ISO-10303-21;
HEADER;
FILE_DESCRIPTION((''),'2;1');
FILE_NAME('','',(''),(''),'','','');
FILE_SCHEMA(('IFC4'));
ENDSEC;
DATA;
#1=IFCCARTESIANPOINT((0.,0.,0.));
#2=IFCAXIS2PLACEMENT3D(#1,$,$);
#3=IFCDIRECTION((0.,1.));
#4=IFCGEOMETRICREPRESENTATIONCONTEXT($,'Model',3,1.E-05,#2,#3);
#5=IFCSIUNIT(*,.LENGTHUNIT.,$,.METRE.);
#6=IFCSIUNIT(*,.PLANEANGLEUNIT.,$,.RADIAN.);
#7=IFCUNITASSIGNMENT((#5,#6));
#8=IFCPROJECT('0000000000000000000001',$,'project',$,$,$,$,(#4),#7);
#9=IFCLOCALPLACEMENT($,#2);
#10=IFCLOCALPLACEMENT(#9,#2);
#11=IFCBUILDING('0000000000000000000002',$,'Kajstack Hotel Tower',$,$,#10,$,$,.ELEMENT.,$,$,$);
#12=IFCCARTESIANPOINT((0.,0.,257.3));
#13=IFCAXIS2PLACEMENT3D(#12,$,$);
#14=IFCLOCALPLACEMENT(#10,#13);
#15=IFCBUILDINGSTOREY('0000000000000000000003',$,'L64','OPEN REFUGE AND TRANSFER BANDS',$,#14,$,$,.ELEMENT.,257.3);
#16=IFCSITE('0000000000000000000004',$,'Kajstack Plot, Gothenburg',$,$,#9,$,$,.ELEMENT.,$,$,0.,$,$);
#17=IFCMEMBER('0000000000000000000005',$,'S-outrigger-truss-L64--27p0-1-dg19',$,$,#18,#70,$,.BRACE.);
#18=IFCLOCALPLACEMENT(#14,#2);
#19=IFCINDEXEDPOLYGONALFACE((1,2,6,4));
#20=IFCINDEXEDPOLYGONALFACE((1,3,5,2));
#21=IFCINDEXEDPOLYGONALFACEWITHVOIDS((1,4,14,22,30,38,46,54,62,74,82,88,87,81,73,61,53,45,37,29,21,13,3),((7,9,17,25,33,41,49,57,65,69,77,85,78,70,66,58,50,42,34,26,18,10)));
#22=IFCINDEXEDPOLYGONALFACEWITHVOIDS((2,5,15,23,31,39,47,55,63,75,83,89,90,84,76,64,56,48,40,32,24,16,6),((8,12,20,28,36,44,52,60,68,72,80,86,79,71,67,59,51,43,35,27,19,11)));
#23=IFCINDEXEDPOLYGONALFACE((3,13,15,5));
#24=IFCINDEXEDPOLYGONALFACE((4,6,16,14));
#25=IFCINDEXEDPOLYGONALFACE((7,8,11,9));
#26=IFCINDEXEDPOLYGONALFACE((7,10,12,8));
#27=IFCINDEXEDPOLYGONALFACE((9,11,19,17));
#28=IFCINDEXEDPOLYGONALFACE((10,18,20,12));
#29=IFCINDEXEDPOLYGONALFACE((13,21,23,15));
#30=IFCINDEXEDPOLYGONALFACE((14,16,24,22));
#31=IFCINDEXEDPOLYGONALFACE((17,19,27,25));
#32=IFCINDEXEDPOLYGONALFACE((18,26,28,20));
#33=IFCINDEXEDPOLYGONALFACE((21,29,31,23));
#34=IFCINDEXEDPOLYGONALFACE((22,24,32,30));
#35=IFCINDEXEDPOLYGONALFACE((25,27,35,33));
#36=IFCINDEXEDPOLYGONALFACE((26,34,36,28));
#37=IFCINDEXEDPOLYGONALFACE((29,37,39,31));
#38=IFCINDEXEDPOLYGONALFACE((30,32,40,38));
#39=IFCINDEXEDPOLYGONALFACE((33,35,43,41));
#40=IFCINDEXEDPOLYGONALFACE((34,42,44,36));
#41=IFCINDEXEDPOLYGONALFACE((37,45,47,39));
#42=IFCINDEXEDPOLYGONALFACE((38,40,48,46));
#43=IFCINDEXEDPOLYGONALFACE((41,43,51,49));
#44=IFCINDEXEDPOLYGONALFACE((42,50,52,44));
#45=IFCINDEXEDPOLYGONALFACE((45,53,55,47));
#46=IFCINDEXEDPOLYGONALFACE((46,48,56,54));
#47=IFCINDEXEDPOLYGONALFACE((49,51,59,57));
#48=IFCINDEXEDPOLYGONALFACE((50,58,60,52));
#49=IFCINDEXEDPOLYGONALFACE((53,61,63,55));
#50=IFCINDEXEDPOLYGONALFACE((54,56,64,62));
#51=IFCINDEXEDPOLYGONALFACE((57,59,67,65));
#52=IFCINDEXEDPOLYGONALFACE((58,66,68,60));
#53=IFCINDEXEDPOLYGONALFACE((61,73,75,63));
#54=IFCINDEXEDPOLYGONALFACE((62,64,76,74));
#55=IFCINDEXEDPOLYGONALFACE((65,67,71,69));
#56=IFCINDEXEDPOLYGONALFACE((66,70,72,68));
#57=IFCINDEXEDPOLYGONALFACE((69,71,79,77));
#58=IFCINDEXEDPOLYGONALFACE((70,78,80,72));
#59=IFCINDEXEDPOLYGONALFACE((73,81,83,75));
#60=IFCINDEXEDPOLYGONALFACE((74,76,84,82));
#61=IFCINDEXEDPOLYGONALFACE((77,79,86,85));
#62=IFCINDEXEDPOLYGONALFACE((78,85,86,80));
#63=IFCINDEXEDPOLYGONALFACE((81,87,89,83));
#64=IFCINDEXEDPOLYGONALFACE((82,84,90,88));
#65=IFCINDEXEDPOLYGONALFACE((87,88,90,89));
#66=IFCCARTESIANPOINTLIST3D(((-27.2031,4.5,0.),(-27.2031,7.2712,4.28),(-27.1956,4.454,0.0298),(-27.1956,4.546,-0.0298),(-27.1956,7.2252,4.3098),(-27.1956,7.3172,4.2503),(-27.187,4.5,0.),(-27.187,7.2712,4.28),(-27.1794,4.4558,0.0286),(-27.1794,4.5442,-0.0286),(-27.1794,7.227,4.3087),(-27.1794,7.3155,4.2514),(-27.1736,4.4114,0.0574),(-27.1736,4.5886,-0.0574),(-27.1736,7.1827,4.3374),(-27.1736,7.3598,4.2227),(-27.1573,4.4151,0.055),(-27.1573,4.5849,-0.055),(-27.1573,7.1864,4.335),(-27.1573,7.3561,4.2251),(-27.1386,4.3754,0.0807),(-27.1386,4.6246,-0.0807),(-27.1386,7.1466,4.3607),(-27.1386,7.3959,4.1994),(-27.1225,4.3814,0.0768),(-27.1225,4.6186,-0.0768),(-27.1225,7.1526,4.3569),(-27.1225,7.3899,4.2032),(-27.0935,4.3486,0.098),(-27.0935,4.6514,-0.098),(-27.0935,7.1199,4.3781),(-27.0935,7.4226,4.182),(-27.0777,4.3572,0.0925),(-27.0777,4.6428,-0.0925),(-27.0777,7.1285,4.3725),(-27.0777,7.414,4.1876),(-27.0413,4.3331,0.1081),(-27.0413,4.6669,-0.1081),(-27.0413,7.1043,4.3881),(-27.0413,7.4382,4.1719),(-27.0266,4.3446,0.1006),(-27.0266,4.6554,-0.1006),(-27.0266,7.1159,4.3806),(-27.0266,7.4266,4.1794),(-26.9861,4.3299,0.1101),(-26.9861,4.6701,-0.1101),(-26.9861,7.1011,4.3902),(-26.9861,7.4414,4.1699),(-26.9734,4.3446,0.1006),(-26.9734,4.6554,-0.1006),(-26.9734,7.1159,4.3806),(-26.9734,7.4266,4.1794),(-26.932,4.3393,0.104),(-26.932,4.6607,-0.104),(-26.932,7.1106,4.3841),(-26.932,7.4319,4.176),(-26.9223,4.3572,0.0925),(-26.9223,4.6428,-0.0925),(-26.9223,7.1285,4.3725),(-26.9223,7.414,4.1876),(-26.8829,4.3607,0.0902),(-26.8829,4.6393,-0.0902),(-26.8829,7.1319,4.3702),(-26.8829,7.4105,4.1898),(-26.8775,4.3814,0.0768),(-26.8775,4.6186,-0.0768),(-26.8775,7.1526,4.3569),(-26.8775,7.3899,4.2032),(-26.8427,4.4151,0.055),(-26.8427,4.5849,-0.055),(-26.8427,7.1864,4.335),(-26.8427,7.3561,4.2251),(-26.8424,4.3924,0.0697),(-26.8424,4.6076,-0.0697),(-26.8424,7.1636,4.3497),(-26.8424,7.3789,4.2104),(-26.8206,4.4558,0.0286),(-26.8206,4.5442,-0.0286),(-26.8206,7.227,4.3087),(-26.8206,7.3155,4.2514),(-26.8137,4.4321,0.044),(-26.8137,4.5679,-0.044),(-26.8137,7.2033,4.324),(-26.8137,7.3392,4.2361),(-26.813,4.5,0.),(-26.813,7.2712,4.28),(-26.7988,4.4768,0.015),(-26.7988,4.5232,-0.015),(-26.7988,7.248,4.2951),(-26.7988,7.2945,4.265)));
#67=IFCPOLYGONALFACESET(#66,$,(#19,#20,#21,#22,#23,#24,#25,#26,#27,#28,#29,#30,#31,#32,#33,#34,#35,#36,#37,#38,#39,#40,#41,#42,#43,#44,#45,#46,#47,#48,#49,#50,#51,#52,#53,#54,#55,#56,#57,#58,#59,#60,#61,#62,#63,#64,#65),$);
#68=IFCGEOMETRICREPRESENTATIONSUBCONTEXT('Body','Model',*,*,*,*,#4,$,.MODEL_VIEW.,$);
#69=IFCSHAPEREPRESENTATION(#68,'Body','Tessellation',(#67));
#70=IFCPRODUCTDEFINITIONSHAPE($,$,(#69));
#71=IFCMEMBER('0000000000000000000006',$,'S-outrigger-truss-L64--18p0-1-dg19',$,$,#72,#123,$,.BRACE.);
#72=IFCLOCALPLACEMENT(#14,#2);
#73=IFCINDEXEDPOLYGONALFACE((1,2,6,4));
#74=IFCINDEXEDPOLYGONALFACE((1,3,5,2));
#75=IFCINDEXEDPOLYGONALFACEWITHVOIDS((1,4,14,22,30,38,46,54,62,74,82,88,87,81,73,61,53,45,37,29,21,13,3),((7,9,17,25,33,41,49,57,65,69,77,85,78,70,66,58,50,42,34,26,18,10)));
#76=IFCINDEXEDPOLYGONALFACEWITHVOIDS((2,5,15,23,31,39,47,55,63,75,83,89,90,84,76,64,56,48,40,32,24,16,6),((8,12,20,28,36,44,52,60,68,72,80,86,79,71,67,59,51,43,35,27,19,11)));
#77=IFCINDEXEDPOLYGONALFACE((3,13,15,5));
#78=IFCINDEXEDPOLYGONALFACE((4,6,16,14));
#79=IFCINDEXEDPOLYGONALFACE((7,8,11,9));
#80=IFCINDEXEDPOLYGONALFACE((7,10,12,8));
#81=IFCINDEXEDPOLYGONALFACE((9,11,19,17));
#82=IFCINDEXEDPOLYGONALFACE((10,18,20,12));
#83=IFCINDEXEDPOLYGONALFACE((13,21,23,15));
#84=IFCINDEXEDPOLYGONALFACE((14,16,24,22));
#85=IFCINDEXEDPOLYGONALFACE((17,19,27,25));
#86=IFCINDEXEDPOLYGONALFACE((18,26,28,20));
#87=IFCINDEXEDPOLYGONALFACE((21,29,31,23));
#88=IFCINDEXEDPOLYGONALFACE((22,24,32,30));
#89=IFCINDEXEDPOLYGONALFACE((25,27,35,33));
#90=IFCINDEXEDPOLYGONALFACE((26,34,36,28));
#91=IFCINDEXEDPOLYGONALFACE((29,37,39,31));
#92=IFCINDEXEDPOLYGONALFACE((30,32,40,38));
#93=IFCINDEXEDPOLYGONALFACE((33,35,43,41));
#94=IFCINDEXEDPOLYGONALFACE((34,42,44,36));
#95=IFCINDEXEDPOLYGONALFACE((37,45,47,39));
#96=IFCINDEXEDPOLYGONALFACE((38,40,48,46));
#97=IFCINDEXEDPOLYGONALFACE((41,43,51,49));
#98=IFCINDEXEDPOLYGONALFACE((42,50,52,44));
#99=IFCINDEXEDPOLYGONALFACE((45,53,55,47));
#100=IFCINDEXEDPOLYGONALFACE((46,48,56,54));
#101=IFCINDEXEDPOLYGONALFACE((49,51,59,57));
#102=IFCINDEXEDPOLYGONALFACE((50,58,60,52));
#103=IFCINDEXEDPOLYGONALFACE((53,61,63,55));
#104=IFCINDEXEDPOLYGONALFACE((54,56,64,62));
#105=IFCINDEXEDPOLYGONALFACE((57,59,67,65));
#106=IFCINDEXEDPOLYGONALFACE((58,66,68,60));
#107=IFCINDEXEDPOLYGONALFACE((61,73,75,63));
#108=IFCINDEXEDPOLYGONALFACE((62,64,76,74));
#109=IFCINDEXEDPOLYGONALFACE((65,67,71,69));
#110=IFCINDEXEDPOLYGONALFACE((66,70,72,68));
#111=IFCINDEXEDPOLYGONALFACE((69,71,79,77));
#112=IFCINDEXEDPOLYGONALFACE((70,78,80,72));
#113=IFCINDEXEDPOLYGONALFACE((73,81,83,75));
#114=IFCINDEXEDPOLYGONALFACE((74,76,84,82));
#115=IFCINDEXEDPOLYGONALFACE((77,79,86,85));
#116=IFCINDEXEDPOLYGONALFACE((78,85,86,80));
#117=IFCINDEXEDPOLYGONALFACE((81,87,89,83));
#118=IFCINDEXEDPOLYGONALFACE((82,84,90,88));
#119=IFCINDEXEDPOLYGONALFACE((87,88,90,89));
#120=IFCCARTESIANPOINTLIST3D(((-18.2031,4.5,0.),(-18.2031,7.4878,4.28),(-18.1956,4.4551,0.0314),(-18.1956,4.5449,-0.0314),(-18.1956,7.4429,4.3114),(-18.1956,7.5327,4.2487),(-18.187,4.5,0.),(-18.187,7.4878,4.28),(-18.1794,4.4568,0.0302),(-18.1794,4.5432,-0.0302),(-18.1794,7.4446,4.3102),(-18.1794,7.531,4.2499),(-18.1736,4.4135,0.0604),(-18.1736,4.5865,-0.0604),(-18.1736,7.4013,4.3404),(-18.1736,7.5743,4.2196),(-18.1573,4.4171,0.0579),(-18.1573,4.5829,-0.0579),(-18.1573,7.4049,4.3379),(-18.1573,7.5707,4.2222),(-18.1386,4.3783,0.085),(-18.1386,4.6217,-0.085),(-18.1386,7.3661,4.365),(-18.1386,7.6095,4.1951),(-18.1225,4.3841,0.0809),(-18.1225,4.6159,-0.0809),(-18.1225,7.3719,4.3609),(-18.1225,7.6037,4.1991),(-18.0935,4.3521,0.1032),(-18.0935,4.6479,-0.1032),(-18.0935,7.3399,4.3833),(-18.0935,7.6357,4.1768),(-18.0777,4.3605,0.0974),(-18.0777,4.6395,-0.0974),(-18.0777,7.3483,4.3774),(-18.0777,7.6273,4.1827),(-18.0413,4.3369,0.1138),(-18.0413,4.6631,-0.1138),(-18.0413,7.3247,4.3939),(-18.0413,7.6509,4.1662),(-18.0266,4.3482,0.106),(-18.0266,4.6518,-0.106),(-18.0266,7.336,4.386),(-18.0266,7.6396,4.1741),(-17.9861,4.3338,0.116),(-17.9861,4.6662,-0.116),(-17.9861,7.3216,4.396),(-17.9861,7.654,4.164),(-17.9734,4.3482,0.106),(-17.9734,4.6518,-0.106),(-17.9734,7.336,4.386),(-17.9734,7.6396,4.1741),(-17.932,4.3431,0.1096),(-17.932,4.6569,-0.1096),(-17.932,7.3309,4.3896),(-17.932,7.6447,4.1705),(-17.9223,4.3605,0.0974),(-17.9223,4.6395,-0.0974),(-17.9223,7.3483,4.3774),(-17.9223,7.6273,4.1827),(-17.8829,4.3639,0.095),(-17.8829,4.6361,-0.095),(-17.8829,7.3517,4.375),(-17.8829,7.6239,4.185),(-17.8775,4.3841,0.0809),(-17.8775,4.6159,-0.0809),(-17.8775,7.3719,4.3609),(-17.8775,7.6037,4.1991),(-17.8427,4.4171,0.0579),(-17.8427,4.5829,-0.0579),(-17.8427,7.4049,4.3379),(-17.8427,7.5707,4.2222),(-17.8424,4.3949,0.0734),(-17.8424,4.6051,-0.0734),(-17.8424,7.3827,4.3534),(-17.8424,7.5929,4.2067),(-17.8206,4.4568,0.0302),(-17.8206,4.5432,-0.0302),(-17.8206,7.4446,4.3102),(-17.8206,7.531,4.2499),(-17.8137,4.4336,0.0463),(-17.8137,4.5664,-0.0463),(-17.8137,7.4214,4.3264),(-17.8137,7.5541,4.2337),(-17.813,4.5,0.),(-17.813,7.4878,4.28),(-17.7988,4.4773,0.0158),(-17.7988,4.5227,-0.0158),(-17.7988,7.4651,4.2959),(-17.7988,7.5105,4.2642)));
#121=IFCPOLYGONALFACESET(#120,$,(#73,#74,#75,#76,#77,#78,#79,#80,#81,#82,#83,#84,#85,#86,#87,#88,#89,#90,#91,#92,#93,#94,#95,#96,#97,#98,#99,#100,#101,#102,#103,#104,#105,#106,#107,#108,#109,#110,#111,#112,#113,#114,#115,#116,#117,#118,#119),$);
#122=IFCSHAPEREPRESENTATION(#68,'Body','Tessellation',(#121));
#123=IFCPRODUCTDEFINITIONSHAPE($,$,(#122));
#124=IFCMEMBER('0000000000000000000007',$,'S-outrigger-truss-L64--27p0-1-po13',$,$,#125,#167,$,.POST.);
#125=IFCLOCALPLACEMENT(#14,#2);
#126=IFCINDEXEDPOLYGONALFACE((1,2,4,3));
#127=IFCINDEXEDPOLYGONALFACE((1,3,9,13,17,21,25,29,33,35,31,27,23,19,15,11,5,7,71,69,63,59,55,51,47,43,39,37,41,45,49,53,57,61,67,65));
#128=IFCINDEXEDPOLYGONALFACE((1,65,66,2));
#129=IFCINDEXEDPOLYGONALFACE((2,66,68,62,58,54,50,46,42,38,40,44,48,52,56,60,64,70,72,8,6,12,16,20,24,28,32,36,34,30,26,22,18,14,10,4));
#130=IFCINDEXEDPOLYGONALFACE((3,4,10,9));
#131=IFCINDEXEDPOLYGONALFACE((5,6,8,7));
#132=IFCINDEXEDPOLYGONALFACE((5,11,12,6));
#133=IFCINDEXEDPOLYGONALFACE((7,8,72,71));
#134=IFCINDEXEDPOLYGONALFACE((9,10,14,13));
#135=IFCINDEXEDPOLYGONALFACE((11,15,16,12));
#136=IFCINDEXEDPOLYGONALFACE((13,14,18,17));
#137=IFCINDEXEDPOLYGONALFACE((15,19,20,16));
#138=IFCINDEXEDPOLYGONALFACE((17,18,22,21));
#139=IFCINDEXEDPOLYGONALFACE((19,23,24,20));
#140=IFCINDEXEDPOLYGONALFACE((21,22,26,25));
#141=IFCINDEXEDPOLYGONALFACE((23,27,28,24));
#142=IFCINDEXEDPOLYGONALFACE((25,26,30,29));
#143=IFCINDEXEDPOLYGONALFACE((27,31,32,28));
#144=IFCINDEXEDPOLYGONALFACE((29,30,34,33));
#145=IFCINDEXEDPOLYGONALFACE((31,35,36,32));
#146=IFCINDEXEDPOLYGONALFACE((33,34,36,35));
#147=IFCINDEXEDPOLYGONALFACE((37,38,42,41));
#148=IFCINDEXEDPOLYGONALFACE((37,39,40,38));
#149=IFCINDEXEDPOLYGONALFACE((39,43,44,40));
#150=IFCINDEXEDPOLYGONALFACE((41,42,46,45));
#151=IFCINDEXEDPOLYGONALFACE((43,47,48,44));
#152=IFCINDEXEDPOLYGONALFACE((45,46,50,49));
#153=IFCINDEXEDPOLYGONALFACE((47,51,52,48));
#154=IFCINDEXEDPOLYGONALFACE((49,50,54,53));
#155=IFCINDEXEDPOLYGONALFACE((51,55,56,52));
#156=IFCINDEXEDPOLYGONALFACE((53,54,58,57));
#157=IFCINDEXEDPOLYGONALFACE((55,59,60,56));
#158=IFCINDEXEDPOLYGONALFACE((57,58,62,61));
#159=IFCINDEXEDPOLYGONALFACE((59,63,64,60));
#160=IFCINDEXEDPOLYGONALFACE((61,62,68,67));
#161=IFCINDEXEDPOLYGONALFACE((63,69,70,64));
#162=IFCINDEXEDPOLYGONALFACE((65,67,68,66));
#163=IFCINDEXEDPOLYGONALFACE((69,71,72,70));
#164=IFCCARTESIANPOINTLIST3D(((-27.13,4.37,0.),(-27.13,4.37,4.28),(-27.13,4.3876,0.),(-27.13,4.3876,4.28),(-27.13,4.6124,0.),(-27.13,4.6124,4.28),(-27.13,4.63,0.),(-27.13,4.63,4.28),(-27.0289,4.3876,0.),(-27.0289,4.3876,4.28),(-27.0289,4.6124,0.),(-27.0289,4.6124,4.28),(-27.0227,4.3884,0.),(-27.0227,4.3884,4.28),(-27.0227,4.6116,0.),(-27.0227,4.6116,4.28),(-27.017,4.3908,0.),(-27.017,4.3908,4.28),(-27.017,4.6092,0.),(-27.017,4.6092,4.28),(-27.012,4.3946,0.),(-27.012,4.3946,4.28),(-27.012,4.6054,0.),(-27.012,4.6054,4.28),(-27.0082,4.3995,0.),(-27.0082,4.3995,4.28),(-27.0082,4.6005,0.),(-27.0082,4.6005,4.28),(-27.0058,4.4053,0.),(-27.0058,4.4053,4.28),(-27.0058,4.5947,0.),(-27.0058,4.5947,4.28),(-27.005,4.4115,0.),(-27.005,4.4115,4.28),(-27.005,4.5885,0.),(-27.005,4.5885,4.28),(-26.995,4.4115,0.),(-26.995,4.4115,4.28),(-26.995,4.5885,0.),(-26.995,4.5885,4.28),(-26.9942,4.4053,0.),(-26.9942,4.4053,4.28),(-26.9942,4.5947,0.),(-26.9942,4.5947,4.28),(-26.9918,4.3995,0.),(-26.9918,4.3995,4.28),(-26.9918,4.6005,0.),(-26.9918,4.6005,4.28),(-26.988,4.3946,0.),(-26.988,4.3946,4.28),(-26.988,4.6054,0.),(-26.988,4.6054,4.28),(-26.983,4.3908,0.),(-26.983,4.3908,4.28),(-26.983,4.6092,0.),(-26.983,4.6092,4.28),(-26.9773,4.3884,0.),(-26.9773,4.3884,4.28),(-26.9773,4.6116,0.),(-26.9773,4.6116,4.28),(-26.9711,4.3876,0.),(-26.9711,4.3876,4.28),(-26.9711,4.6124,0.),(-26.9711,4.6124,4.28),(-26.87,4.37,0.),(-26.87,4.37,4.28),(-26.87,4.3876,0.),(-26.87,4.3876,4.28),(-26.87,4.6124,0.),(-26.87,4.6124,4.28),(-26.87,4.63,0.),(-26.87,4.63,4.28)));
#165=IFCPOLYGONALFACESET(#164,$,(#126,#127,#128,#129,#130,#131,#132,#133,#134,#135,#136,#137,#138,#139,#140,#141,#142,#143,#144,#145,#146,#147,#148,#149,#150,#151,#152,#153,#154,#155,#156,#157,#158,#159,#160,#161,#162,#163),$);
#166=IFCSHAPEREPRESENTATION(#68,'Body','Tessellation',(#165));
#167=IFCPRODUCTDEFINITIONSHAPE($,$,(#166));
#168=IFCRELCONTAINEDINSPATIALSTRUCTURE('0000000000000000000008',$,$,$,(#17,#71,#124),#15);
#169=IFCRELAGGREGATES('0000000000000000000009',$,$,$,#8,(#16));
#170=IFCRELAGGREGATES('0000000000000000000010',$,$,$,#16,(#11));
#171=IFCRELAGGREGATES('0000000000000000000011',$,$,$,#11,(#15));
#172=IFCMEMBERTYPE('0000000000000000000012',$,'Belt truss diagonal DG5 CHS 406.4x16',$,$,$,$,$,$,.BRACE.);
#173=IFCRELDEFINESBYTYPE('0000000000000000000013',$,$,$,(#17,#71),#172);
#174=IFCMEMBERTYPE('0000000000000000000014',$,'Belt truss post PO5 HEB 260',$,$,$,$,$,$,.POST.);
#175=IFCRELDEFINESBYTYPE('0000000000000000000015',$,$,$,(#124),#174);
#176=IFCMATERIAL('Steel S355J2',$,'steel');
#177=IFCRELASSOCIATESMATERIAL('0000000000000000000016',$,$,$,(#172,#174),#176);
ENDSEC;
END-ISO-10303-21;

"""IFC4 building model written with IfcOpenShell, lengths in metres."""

from ifc_helpers import new_model, si_unit, direction, frame, origin, origin_2d, place, context, subcontext, project, spatial, hollow_circle, i_section, extrude, material, material_profile, profile_set, type_object, element, save


model = new_model("IFC4")

# Units and contexts
model_context = context("Model", 3, precision=1e-05, world=origin(), true_north=direction((0.0, 1.0)))
body_context = subcontext(model_context, "Body", "Model", "MODEL_VIEW")
ifc_project = project(units=[si_unit("LENGTHUNIT", "METRE"), si_unit("PLANEANGLEUNIT", "RADIAN")], contexts=[model_context])

# Site, building, storey
site_placement = place(None, origin())
site = spatial("IfcSite", under=ifc_project, at=site_placement, Name="Kajstack Plot, Gothenburg", CompositionType="ELEMENT", RefElevation=0.0)
building_placement = place(site_placement, origin())
building = spatial("IfcBuilding", under=site, at=building_placement, Name="Kajstack Hotel Tower", CompositionType="ELEMENT")
storey_placement = place(building_placement, frame((0.0, 0.0, 257.3)))
storey = spatial("IfcBuildingStorey", under=building, at=storey_placement, Name="L64", Description="OPEN REFUGE AND TRANSFER BANDS", CompositionType="ELEMENT", Elevation=257.3)

# Members
ifc_material_1 = material(Name="Steel S355J2", Category="steel")
ifc_material_profile_1 = material_profile(ifc_material_1, hollow_circle(Radius=0.2031, WallThickness=0.0161, at=origin_2d()), Name="CHS 406.4x16")
ifc_profile_set_1 = profile_set([ifc_material_profile_1], Name="Steel S355J2")
member_type_1 = type_object("IfcMemberType", Name="Belt truss diagonal DG5 CHS 406.4x16", PredefinedType="BRACE", material=ifc_profile_set_1)
member_1_placement = place(storey_placement, frame((-27.0, 4.5, 0.0), z_axis=(0.0, 0.543501, 0.839408), x_axis=(-1.0, 0.0, 0.0)))
element("IfcMember", 1, at=member_1_placement, inside=storey, type_object=member_type_1, Name="S-outrigger-truss-L64--27p0-1-dg19", PredefinedType="BRACE", context=body_context, shape_type="SweptSolid", body=[
    extrude(hollow_circle(Radius=0.2031, WallThickness=0.0161, at=origin_2d()), origin(), (0.0, 0.0, 1.0), 5.0989),
])
member_2_placement = place(storey_placement, frame((-18.0, 4.5, 0.0), z_axis=(0.0, 0.572404, 0.819972), x_axis=(-1.0, 0.0, 0.0)))
element("IfcMember", 2, at=member_2_placement, inside=storey, type_object=member_type_1, Name="S-outrigger-truss-L64--18p0-1-dg19", PredefinedType="BRACE", context=body_context, shape_type="SweptSolid", body=[
    extrude(hollow_circle(Radius=0.2031, WallThickness=0.0161, at=origin_2d()), origin(), (0.0, 0.0, 1.0), 5.2197),
])
ifc_material_profile_2 = material_profile(ifc_material_1, i_section(OverallWidth=0.26, OverallDepth=0.26, WebThickness=0.01, FlangeThickness=0.0176, FilletRadius=0.0239, at=origin_2d()), Name="HEB 260")
ifc_profile_set_2 = profile_set([ifc_material_profile_2], Name="Steel S355J2")
member_type_2 = type_object("IfcMemberType", Name="Belt truss post PO5 HEB 260", PredefinedType="POST", material=ifc_profile_set_2)
for number, where, z_axis, x_axis, name in (
    (3, (-27.0, 4.5, 0.0), (0.0, 0.0, 1.0), (1.0, 0.0, 0.0), "S-outrigger-truss-L64--27p0-1-po13"),
):
    element("IfcMember", number, at=place(storey_placement, frame(where, z_axis=z_axis, x_axis=x_axis)), inside=storey, type_object=member_type_2, Name=name, PredefinedType="POST", context=body_context, shape_type="SweptSolid", body=[
        extrude(i_section(OverallWidth=0.26, OverallDepth=0.26, WebThickness=0.01, FlangeThickness=0.0176, FilletRadius=0.0239, at=origin_2d()), origin(), (0.0, 0.0, 1.0), 4.28),
    ])

save(model, "model.ifc")
